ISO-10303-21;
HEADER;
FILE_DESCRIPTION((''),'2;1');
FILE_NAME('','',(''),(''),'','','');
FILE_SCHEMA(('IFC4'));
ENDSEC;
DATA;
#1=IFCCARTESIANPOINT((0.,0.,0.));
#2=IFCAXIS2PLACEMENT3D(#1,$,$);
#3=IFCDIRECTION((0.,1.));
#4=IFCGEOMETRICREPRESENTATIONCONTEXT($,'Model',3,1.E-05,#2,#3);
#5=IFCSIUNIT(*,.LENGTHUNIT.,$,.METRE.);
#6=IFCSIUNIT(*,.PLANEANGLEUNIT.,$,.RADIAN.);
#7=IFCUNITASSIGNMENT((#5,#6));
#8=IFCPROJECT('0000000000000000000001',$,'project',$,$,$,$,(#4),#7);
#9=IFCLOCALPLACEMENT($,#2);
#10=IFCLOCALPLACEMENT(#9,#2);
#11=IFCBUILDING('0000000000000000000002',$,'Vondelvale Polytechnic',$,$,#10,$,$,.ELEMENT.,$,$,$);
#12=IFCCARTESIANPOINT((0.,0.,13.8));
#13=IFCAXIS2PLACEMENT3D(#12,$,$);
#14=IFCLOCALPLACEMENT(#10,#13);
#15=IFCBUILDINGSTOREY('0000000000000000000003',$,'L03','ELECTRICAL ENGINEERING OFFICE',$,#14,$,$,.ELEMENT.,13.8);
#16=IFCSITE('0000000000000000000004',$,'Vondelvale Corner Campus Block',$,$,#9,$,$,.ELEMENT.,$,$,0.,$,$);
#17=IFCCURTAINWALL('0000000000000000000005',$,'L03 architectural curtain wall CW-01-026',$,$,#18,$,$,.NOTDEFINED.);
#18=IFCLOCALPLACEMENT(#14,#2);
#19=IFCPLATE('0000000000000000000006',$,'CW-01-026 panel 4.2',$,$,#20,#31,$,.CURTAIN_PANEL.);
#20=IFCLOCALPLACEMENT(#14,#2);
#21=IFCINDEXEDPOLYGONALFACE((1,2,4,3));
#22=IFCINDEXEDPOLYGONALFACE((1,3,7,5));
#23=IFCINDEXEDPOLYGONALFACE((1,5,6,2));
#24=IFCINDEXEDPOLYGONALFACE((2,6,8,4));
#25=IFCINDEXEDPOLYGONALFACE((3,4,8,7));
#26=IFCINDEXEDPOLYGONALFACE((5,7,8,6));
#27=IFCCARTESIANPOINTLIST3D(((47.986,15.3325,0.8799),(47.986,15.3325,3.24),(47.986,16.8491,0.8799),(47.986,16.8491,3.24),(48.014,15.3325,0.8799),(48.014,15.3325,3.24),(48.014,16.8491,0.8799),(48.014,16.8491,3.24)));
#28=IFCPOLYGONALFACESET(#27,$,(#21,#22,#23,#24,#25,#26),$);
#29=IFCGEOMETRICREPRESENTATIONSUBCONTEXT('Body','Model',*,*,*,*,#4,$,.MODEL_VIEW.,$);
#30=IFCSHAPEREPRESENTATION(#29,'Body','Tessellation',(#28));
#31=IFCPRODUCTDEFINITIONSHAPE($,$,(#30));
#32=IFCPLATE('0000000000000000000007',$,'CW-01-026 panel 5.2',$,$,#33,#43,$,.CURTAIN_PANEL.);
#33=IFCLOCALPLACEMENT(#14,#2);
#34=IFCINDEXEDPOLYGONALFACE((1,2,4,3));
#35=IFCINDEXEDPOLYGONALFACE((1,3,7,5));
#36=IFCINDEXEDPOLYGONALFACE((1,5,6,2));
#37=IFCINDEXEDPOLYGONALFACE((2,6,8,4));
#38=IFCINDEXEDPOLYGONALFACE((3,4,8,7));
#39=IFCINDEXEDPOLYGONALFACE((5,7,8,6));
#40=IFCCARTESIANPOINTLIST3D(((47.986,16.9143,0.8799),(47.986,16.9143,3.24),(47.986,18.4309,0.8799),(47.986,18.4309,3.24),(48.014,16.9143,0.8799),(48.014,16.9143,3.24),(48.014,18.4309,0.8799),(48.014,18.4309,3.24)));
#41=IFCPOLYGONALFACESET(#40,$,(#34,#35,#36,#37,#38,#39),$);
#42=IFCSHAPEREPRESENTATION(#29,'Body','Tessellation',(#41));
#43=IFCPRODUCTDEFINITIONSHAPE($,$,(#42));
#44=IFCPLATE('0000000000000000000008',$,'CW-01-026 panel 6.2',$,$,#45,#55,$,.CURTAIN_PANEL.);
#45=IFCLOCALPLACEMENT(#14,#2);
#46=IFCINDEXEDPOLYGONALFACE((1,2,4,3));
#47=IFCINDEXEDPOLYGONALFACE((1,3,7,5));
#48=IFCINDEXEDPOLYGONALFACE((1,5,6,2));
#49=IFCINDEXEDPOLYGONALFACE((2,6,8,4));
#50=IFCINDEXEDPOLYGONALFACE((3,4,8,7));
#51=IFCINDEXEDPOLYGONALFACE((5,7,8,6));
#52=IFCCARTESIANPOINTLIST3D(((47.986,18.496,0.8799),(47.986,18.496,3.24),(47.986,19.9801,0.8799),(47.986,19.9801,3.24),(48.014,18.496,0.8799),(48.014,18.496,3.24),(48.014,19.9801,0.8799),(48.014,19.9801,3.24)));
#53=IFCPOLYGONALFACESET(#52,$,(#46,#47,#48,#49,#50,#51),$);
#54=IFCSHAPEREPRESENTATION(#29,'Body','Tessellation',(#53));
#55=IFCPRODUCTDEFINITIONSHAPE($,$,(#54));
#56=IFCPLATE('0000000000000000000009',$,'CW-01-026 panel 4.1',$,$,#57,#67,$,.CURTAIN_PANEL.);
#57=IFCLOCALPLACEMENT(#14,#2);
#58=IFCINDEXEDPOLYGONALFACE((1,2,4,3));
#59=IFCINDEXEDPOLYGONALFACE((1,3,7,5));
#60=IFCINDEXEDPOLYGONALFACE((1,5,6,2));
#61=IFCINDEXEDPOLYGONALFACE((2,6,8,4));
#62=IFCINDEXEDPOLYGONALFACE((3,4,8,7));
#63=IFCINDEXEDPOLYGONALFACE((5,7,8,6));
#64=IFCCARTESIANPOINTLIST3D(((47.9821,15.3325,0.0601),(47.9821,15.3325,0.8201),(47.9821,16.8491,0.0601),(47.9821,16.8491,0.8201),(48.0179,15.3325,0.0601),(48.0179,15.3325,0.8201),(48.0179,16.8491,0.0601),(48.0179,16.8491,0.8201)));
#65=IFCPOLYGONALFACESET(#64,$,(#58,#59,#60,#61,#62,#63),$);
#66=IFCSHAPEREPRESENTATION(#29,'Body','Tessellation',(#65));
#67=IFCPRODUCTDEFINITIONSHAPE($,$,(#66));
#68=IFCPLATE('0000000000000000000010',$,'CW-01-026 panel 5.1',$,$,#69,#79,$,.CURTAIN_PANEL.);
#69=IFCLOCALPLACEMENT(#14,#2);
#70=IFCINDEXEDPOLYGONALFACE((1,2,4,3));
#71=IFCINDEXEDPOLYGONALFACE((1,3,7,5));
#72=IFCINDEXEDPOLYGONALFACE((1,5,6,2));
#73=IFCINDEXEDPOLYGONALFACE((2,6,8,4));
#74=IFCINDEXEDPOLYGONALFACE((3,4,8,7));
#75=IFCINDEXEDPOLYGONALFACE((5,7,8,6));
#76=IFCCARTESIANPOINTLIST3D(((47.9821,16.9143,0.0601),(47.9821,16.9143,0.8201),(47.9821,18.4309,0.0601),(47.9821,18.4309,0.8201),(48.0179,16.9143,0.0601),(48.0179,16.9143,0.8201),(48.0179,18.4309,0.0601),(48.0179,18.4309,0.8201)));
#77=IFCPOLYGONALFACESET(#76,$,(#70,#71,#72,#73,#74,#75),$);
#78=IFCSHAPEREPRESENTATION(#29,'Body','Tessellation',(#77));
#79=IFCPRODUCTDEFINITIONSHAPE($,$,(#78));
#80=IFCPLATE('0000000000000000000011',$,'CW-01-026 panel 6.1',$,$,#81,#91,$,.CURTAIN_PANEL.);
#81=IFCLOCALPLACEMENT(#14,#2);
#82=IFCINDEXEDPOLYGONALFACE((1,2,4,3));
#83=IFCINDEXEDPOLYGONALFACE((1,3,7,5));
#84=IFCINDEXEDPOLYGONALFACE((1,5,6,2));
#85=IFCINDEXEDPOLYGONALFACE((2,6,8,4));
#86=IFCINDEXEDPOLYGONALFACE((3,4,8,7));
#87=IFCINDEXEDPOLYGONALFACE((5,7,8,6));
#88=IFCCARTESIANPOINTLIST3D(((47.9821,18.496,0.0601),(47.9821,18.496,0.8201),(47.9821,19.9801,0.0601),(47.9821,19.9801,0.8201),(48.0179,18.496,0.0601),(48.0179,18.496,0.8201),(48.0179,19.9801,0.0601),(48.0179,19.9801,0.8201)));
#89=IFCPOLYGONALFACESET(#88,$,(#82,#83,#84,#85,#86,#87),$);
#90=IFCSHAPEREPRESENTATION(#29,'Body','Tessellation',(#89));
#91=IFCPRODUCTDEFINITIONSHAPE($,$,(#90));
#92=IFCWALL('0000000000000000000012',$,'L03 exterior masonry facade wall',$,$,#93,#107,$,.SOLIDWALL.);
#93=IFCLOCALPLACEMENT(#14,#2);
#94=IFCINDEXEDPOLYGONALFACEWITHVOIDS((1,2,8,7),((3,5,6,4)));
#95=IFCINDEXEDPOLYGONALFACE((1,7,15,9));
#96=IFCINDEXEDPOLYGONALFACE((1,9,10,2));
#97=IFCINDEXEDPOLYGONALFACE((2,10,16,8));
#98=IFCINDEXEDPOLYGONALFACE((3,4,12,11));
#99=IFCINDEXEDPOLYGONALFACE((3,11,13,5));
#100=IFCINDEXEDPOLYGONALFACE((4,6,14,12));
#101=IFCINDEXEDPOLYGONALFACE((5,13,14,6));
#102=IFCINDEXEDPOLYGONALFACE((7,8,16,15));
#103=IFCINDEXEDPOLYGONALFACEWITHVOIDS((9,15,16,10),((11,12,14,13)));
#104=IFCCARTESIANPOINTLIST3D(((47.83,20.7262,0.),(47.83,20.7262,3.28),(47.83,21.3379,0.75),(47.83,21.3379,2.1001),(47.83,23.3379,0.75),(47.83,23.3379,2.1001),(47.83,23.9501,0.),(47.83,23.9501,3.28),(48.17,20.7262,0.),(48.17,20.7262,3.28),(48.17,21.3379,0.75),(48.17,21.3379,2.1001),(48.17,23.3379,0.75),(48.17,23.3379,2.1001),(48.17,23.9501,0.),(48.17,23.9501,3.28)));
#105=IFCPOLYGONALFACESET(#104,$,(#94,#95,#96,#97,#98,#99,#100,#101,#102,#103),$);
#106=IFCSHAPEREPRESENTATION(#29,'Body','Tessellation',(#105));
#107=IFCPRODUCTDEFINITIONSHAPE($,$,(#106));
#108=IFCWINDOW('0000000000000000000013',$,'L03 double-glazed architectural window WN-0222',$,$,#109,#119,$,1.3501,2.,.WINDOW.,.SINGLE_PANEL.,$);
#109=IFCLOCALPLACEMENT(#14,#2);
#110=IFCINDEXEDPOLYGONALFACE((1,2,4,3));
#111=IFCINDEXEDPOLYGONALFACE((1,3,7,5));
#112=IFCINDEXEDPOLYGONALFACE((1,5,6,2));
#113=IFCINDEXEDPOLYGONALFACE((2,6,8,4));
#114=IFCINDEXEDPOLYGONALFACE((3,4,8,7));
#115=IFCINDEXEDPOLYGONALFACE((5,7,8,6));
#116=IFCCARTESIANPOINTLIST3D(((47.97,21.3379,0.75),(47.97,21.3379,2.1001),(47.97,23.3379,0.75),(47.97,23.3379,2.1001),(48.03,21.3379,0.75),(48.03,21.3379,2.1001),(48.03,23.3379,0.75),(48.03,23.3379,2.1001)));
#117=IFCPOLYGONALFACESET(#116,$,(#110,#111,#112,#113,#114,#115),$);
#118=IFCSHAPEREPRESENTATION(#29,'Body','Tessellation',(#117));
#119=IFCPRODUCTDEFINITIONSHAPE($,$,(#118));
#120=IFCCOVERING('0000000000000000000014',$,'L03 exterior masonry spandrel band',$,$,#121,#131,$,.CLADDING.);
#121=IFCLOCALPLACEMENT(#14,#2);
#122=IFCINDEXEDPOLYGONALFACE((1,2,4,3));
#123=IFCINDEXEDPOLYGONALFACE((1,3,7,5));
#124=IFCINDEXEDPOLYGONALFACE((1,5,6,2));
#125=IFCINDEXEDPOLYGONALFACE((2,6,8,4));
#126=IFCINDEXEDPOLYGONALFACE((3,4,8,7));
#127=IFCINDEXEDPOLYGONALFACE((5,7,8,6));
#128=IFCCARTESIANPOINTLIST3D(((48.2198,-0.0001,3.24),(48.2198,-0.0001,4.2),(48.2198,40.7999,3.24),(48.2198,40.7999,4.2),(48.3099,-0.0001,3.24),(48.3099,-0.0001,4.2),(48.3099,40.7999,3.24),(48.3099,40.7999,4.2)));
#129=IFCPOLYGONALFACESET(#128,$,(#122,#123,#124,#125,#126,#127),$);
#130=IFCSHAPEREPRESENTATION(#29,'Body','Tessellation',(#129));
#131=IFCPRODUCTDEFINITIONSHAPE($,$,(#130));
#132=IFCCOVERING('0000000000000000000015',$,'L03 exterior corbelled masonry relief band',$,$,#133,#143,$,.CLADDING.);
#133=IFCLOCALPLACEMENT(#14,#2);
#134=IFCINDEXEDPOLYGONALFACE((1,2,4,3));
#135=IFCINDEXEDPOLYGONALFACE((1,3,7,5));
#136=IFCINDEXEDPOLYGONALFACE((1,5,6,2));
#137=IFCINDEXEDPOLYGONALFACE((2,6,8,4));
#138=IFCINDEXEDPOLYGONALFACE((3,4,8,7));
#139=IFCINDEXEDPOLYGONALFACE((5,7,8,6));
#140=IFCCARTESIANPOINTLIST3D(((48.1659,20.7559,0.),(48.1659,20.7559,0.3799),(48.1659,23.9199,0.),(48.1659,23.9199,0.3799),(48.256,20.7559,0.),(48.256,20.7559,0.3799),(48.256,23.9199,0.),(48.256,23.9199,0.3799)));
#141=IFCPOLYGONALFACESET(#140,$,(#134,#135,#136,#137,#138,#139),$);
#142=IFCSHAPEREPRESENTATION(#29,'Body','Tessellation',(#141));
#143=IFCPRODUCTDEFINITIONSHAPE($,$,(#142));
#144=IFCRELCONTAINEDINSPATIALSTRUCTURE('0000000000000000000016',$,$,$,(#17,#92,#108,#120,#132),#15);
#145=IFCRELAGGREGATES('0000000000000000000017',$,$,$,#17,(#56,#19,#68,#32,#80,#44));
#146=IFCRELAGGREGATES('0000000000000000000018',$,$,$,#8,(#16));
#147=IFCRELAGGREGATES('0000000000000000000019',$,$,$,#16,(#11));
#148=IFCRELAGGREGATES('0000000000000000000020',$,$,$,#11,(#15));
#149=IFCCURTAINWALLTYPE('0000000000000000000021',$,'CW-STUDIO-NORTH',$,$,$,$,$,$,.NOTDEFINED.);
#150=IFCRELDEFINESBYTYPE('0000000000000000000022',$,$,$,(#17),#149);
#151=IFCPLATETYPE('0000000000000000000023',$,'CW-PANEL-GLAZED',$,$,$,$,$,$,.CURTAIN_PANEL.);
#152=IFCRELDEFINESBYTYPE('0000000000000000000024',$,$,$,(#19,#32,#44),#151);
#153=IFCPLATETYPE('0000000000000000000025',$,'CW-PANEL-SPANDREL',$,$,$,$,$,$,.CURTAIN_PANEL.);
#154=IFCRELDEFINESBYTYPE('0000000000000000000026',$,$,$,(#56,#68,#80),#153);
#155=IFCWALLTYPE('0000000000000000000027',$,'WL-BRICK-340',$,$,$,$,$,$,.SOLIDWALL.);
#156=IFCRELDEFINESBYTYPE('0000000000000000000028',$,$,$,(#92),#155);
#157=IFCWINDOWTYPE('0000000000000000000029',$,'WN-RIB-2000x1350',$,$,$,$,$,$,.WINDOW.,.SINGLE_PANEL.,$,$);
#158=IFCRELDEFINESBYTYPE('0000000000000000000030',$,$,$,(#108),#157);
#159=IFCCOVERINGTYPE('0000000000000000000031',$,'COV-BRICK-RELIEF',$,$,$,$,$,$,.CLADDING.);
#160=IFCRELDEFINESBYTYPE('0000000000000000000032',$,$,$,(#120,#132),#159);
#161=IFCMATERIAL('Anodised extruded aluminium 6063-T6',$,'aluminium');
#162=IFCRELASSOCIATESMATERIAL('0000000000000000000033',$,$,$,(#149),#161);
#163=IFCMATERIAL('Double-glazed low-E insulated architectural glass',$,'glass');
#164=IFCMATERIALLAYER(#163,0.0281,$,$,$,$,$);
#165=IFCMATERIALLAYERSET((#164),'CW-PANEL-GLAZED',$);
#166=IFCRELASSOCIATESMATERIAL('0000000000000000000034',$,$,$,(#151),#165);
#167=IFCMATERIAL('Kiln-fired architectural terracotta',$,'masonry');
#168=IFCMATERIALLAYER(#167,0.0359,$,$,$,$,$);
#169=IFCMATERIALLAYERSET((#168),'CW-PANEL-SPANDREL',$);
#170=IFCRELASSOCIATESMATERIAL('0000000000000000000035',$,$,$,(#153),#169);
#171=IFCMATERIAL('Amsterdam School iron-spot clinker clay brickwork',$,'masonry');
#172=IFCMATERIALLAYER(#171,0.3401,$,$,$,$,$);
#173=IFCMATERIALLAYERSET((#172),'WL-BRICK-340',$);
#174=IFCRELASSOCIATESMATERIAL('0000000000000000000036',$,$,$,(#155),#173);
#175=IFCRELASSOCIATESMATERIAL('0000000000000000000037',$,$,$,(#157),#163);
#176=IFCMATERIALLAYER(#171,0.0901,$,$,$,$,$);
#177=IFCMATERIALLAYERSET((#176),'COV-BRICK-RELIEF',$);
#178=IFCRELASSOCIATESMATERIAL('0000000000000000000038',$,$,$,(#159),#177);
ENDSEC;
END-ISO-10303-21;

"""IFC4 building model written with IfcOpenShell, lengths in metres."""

from ifc_helpers import new_model, si_unit, direction, frame, frame_2d, origin, origin_2d, place, context, subcontext, project, spatial, rectangle, extrude, material, layer, layer_set, type_object, element, fill, aggregate, save


model = new_model("IFC4")

# Units and contexts
model_context = context("Model", 3, precision=1e-05, world=origin(), true_north=direction((0.0, 1.0)))
body_context = subcontext(model_context, "Body", "Model", "MODEL_VIEW")
ifc_project = project(units=[si_unit("LENGTHUNIT", "METRE"), si_unit("PLANEANGLEUNIT", "RADIAN")], contexts=[model_context])

# Site, building, storey
site_placement = place(None, origin())
site = spatial("IfcSite", under=ifc_project, at=site_placement, Name="Vondelvale Corner Campus Block", CompositionType="ELEMENT", RefElevation=0.0)
building_placement = place(site_placement, origin())
building = spatial("IfcBuilding", under=site, at=building_placement, Name="Vondelvale Polytechnic", CompositionType="ELEMENT")
storey_placement = place(building_placement, frame((0.0, 0.0, 13.8)))
storey = spatial("IfcBuildingStorey", under=building, at=storey_placement, Name="L03", Description="ELECTRICAL ENGINEERING OFFICE", CompositionType="ELEMENT", Elevation=13.8)

# Curtain wall
ifc_material_1 = material(Name="Anodised extruded aluminium 6063-T6", Category="aluminium")
curtain_wall_type = type_object("IfcCurtainWallType", Name="CW-STUDIO-NORTH", PredefinedType="NOTDEFINED", material=ifc_material_1)
curtain_wall_placement = place(storey_placement, origin())
curtain_wall = element("IfcCurtainWall", 1, at=curtain_wall_placement, inside=storey, type_object=curtain_wall_type, Name="L03 architectural curtain wall CW-01-026", PredefinedType="NOTDEFINED")

# Plates
ifc_material_2 = material(Name="Double-glazed low-E insulated architectural glass", Category="glass")
ifc_layer_1 = layer(ifc_material_2, 0.0281)
ifc_layer_set_1 = layer_set([ifc_layer_1], Name="CW-PANEL-GLAZED")
plate_type_1 = type_object("IfcPlateType", Name="CW-PANEL-GLAZED", PredefinedType="CURTAIN_PANEL", material=ifc_layer_set_1)
plate_1_placement = place(storey_placement, frame((48.0, 16.0908, 0.8799), z_axis=(0.0, 0.0, 1.0), x_axis=(0.0, 1.0, 0.0)))
plate_1 = element("IfcPlate", 2, at=plate_1_placement, type_object=plate_type_1, Name="CW-01-026 panel 4.2", PredefinedType="CURTAIN_PANEL", context=body_context, shape_type="SweptSolid", body=[
    extrude(rectangle(XDim=1.5166, YDim=0.0281, at=origin_2d()), origin(), (0.0, 0.0, 1.0), 2.3601),
])
plate_2_placement = place(storey_placement, frame((48.0, 17.6726, 0.8799), z_axis=(0.0, 0.0, 1.0), x_axis=(0.0, 1.0, 0.0)))
plate_2 = element("IfcPlate", 3, at=plate_2_placement, type_object=plate_type_1, Name="CW-01-026 panel 5.2", PredefinedType="CURTAIN_PANEL", context=body_context, shape_type="SweptSolid", body=[
    extrude(rectangle(XDim=1.5166, YDim=0.0281, at=origin_2d()), origin(), (0.0, 0.0, 1.0), 2.3601),
])
plate_3_placement = place(storey_placement, frame((48.0, 19.238, 0.8799), z_axis=(0.0, 0.0, 1.0), x_axis=(0.0, 1.0, 0.0)))
plate_3 = element("IfcPlate", 4, at=plate_3_placement, type_object=plate_type_1, Name="CW-01-026 panel 6.2", PredefinedType="CURTAIN_PANEL", context=body_context, shape_type="SweptSolid", body=[
    extrude(rectangle(XDim=1.4841, YDim=0.0281, at=origin_2d()), origin(), (0.0, 0.0, 1.0), 2.3601),
])
ifc_material_3 = material(Name="Kiln-fired architectural terracotta", Category="masonry")
ifc_layer_2 = layer(ifc_material_3, 0.0359)
ifc_layer_set_2 = layer_set([ifc_layer_2], Name="CW-PANEL-SPANDREL")
plate_type_2 = type_object("IfcPlateType", Name="CW-PANEL-SPANDREL", PredefinedType="CURTAIN_PANEL", material=ifc_layer_set_2)
plate_4_placement = place(storey_placement, frame((48.0, 16.0908, 0.0601), z_axis=(0.0, 0.0, 1.0), x_axis=(0.0, 1.0, 0.0)))
plate_4 = element("IfcPlate", 5, at=plate_4_placement, type_object=plate_type_2, Name="CW-01-026 panel 4.1", PredefinedType="CURTAIN_PANEL", context=body_context, shape_type="SweptSolid", body=[
    extrude(rectangle(XDim=1.5166, YDim=0.0359, at=origin_2d()), origin(), (0.0, 0.0, 1.0), 0.76),
])
plate_5_placement = place(storey_placement, frame((48.0, 17.6726, 0.0601), z_axis=(0.0, 0.0, 1.0), x_axis=(0.0, 1.0, 0.0)))
plate_5 = element("IfcPlate", 6, at=plate_5_placement, type_object=plate_type_2, Name="CW-01-026 panel 5.1", PredefinedType="CURTAIN_PANEL", context=body_context, shape_type="SweptSolid", body=[
    extrude(rectangle(XDim=1.5166, YDim=0.0359, at=origin_2d()), origin(), (0.0, 0.0, 1.0), 0.76),
])
plate_6_placement = place(storey_placement, frame((48.0, 19.238, 0.0601), z_axis=(0.0, 0.0, 1.0), x_axis=(0.0, 1.0, 0.0)))
plate_6 = element("IfcPlate", 7, at=plate_6_placement, type_object=plate_type_2, Name="CW-01-026 panel 6.1", PredefinedType="CURTAIN_PANEL", context=body_context, shape_type="SweptSolid", body=[
    extrude(rectangle(XDim=1.4841, YDim=0.0359, at=origin_2d()), origin(), (0.0, 0.0, 1.0), 0.76),
])
aggregate(curtain_wall, [plate_4, plate_1, plate_5, plate_2, plate_6, plate_3])

# Wall, opening, window
ifc_material_4 = material(Name="Amsterdam School iron-spot clinker clay brickwork", Category="masonry")
ifc_layer_3 = layer(ifc_material_4, 0.3401)
ifc_layer_set_3 = layer_set([ifc_layer_3], Name="WL-BRICK-340")
wall_type = type_object("IfcWallType", Name="WL-BRICK-340", PredefinedType="SOLIDWALL", material=ifc_layer_set_3)
wall_placement = place(storey_placement, frame((48.0, 23.95, 0.0), z_axis=(0.0, 0.0, 1.0), x_axis=(0.0, -1.0, 0.0)))
wall = element("IfcWall", 8, at=wall_placement, inside=storey, type_object=wall_type, Name="L03 exterior masonry facade wall", PredefinedType="SOLIDWALL", context=body_context, shape_type="SweptSolid", body=[
    extrude(rectangle(XDim=3.2239, YDim=0.3401, at=frame_2d((1.6118, 0.0))), origin(), (0.0, 0.0, 1.0), 3.28),
])
opening_placement = place(wall_placement, frame((0.6121, 0.0, 0.75)))
opening = element("IfcOpeningElement", 9, at=opening_placement, cuts=wall, PredefinedType="OPENING", context=body_context, shape_type="SweptSolid", body=[
    extrude(rectangle(XDim=2.0, YDim=1.3501, at=frame_2d((1.0, 0.675))), frame((0.0, 0.1799, 0.0), z_axis=(0.0, -1.0, 0.0), x_axis=(1.0, 0.0, 0.0)), (0.0, 0.0, 1.0), 0.3601),
])
window_type = type_object("IfcWindowType", Name="WN-RIB-2000x1350", PartitioningType="SINGLE_PANEL", PredefinedType="WINDOW", material=ifc_material_2)
window_placement = place(opening_placement, origin())
window = element("IfcWindow", 10, at=window_placement, inside=storey, type_object=window_type, Name="L03 double-glazed architectural window WN-0222", OverallHeight=1.3501, OverallWidth=2.0, PartitioningType="SINGLE_PANEL", PredefinedType="WINDOW", context=body_context, shape_type="SweptSolid", body=[
    extrude(rectangle(XDim=2.0, YDim=1.3501, at=frame_2d((1.0, 0.675))), frame((0.0, 0.03, 0.0), z_axis=(0.0, -1.0, 0.0), x_axis=(1.0, 0.0, 0.0)), (0.0, 0.0, 1.0), 0.0601),
])
fill(opening, window)

# Coverings
ifc_layer_4 = layer(ifc_material_4, 0.0901)
ifc_layer_set_4 = layer_set([ifc_layer_4], Name="COV-BRICK-RELIEF")
covering_type = type_object("IfcCoveringType", Name="COV-BRICK-RELIEF", PredefinedType="CLADDING", material=ifc_layer_set_4)
covering_1_placement = place(storey_placement, frame((48.2649, 20.3999, 3.24), z_axis=(0.0, 0.0, 1.0), x_axis=(0.0, 1.0, 0.0)))
element("IfcCovering", 11, at=covering_1_placement, inside=storey, type_object=covering_type, Name="L03 exterior masonry spandrel band", PredefinedType="CLADDING", context=body_context, shape_type="SweptSolid", body=[
    extrude(rectangle(XDim=40.8, YDim=0.0901, at=origin_2d()), origin(), (0.0, 0.0, 1.0), 0.96),
])
covering_2_placement = place(storey_placement, frame((48.2109, 22.3379, 0.0), z_axis=(0.0, 0.0, 1.0), x_axis=(0.0, -1.0, 0.0)))
element("IfcCovering", 12, at=covering_2_placement, inside=storey, type_object=covering_type, Name="L03 exterior corbelled masonry relief band", PredefinedType="CLADDING", context=body_context, shape_type="SweptSolid", body=[
    extrude(rectangle(XDim=3.1641, YDim=0.0901, at=origin_2d()), origin(), (0.0, 0.0, 1.0), 0.3799),
])

save(model, "model.ifc")
